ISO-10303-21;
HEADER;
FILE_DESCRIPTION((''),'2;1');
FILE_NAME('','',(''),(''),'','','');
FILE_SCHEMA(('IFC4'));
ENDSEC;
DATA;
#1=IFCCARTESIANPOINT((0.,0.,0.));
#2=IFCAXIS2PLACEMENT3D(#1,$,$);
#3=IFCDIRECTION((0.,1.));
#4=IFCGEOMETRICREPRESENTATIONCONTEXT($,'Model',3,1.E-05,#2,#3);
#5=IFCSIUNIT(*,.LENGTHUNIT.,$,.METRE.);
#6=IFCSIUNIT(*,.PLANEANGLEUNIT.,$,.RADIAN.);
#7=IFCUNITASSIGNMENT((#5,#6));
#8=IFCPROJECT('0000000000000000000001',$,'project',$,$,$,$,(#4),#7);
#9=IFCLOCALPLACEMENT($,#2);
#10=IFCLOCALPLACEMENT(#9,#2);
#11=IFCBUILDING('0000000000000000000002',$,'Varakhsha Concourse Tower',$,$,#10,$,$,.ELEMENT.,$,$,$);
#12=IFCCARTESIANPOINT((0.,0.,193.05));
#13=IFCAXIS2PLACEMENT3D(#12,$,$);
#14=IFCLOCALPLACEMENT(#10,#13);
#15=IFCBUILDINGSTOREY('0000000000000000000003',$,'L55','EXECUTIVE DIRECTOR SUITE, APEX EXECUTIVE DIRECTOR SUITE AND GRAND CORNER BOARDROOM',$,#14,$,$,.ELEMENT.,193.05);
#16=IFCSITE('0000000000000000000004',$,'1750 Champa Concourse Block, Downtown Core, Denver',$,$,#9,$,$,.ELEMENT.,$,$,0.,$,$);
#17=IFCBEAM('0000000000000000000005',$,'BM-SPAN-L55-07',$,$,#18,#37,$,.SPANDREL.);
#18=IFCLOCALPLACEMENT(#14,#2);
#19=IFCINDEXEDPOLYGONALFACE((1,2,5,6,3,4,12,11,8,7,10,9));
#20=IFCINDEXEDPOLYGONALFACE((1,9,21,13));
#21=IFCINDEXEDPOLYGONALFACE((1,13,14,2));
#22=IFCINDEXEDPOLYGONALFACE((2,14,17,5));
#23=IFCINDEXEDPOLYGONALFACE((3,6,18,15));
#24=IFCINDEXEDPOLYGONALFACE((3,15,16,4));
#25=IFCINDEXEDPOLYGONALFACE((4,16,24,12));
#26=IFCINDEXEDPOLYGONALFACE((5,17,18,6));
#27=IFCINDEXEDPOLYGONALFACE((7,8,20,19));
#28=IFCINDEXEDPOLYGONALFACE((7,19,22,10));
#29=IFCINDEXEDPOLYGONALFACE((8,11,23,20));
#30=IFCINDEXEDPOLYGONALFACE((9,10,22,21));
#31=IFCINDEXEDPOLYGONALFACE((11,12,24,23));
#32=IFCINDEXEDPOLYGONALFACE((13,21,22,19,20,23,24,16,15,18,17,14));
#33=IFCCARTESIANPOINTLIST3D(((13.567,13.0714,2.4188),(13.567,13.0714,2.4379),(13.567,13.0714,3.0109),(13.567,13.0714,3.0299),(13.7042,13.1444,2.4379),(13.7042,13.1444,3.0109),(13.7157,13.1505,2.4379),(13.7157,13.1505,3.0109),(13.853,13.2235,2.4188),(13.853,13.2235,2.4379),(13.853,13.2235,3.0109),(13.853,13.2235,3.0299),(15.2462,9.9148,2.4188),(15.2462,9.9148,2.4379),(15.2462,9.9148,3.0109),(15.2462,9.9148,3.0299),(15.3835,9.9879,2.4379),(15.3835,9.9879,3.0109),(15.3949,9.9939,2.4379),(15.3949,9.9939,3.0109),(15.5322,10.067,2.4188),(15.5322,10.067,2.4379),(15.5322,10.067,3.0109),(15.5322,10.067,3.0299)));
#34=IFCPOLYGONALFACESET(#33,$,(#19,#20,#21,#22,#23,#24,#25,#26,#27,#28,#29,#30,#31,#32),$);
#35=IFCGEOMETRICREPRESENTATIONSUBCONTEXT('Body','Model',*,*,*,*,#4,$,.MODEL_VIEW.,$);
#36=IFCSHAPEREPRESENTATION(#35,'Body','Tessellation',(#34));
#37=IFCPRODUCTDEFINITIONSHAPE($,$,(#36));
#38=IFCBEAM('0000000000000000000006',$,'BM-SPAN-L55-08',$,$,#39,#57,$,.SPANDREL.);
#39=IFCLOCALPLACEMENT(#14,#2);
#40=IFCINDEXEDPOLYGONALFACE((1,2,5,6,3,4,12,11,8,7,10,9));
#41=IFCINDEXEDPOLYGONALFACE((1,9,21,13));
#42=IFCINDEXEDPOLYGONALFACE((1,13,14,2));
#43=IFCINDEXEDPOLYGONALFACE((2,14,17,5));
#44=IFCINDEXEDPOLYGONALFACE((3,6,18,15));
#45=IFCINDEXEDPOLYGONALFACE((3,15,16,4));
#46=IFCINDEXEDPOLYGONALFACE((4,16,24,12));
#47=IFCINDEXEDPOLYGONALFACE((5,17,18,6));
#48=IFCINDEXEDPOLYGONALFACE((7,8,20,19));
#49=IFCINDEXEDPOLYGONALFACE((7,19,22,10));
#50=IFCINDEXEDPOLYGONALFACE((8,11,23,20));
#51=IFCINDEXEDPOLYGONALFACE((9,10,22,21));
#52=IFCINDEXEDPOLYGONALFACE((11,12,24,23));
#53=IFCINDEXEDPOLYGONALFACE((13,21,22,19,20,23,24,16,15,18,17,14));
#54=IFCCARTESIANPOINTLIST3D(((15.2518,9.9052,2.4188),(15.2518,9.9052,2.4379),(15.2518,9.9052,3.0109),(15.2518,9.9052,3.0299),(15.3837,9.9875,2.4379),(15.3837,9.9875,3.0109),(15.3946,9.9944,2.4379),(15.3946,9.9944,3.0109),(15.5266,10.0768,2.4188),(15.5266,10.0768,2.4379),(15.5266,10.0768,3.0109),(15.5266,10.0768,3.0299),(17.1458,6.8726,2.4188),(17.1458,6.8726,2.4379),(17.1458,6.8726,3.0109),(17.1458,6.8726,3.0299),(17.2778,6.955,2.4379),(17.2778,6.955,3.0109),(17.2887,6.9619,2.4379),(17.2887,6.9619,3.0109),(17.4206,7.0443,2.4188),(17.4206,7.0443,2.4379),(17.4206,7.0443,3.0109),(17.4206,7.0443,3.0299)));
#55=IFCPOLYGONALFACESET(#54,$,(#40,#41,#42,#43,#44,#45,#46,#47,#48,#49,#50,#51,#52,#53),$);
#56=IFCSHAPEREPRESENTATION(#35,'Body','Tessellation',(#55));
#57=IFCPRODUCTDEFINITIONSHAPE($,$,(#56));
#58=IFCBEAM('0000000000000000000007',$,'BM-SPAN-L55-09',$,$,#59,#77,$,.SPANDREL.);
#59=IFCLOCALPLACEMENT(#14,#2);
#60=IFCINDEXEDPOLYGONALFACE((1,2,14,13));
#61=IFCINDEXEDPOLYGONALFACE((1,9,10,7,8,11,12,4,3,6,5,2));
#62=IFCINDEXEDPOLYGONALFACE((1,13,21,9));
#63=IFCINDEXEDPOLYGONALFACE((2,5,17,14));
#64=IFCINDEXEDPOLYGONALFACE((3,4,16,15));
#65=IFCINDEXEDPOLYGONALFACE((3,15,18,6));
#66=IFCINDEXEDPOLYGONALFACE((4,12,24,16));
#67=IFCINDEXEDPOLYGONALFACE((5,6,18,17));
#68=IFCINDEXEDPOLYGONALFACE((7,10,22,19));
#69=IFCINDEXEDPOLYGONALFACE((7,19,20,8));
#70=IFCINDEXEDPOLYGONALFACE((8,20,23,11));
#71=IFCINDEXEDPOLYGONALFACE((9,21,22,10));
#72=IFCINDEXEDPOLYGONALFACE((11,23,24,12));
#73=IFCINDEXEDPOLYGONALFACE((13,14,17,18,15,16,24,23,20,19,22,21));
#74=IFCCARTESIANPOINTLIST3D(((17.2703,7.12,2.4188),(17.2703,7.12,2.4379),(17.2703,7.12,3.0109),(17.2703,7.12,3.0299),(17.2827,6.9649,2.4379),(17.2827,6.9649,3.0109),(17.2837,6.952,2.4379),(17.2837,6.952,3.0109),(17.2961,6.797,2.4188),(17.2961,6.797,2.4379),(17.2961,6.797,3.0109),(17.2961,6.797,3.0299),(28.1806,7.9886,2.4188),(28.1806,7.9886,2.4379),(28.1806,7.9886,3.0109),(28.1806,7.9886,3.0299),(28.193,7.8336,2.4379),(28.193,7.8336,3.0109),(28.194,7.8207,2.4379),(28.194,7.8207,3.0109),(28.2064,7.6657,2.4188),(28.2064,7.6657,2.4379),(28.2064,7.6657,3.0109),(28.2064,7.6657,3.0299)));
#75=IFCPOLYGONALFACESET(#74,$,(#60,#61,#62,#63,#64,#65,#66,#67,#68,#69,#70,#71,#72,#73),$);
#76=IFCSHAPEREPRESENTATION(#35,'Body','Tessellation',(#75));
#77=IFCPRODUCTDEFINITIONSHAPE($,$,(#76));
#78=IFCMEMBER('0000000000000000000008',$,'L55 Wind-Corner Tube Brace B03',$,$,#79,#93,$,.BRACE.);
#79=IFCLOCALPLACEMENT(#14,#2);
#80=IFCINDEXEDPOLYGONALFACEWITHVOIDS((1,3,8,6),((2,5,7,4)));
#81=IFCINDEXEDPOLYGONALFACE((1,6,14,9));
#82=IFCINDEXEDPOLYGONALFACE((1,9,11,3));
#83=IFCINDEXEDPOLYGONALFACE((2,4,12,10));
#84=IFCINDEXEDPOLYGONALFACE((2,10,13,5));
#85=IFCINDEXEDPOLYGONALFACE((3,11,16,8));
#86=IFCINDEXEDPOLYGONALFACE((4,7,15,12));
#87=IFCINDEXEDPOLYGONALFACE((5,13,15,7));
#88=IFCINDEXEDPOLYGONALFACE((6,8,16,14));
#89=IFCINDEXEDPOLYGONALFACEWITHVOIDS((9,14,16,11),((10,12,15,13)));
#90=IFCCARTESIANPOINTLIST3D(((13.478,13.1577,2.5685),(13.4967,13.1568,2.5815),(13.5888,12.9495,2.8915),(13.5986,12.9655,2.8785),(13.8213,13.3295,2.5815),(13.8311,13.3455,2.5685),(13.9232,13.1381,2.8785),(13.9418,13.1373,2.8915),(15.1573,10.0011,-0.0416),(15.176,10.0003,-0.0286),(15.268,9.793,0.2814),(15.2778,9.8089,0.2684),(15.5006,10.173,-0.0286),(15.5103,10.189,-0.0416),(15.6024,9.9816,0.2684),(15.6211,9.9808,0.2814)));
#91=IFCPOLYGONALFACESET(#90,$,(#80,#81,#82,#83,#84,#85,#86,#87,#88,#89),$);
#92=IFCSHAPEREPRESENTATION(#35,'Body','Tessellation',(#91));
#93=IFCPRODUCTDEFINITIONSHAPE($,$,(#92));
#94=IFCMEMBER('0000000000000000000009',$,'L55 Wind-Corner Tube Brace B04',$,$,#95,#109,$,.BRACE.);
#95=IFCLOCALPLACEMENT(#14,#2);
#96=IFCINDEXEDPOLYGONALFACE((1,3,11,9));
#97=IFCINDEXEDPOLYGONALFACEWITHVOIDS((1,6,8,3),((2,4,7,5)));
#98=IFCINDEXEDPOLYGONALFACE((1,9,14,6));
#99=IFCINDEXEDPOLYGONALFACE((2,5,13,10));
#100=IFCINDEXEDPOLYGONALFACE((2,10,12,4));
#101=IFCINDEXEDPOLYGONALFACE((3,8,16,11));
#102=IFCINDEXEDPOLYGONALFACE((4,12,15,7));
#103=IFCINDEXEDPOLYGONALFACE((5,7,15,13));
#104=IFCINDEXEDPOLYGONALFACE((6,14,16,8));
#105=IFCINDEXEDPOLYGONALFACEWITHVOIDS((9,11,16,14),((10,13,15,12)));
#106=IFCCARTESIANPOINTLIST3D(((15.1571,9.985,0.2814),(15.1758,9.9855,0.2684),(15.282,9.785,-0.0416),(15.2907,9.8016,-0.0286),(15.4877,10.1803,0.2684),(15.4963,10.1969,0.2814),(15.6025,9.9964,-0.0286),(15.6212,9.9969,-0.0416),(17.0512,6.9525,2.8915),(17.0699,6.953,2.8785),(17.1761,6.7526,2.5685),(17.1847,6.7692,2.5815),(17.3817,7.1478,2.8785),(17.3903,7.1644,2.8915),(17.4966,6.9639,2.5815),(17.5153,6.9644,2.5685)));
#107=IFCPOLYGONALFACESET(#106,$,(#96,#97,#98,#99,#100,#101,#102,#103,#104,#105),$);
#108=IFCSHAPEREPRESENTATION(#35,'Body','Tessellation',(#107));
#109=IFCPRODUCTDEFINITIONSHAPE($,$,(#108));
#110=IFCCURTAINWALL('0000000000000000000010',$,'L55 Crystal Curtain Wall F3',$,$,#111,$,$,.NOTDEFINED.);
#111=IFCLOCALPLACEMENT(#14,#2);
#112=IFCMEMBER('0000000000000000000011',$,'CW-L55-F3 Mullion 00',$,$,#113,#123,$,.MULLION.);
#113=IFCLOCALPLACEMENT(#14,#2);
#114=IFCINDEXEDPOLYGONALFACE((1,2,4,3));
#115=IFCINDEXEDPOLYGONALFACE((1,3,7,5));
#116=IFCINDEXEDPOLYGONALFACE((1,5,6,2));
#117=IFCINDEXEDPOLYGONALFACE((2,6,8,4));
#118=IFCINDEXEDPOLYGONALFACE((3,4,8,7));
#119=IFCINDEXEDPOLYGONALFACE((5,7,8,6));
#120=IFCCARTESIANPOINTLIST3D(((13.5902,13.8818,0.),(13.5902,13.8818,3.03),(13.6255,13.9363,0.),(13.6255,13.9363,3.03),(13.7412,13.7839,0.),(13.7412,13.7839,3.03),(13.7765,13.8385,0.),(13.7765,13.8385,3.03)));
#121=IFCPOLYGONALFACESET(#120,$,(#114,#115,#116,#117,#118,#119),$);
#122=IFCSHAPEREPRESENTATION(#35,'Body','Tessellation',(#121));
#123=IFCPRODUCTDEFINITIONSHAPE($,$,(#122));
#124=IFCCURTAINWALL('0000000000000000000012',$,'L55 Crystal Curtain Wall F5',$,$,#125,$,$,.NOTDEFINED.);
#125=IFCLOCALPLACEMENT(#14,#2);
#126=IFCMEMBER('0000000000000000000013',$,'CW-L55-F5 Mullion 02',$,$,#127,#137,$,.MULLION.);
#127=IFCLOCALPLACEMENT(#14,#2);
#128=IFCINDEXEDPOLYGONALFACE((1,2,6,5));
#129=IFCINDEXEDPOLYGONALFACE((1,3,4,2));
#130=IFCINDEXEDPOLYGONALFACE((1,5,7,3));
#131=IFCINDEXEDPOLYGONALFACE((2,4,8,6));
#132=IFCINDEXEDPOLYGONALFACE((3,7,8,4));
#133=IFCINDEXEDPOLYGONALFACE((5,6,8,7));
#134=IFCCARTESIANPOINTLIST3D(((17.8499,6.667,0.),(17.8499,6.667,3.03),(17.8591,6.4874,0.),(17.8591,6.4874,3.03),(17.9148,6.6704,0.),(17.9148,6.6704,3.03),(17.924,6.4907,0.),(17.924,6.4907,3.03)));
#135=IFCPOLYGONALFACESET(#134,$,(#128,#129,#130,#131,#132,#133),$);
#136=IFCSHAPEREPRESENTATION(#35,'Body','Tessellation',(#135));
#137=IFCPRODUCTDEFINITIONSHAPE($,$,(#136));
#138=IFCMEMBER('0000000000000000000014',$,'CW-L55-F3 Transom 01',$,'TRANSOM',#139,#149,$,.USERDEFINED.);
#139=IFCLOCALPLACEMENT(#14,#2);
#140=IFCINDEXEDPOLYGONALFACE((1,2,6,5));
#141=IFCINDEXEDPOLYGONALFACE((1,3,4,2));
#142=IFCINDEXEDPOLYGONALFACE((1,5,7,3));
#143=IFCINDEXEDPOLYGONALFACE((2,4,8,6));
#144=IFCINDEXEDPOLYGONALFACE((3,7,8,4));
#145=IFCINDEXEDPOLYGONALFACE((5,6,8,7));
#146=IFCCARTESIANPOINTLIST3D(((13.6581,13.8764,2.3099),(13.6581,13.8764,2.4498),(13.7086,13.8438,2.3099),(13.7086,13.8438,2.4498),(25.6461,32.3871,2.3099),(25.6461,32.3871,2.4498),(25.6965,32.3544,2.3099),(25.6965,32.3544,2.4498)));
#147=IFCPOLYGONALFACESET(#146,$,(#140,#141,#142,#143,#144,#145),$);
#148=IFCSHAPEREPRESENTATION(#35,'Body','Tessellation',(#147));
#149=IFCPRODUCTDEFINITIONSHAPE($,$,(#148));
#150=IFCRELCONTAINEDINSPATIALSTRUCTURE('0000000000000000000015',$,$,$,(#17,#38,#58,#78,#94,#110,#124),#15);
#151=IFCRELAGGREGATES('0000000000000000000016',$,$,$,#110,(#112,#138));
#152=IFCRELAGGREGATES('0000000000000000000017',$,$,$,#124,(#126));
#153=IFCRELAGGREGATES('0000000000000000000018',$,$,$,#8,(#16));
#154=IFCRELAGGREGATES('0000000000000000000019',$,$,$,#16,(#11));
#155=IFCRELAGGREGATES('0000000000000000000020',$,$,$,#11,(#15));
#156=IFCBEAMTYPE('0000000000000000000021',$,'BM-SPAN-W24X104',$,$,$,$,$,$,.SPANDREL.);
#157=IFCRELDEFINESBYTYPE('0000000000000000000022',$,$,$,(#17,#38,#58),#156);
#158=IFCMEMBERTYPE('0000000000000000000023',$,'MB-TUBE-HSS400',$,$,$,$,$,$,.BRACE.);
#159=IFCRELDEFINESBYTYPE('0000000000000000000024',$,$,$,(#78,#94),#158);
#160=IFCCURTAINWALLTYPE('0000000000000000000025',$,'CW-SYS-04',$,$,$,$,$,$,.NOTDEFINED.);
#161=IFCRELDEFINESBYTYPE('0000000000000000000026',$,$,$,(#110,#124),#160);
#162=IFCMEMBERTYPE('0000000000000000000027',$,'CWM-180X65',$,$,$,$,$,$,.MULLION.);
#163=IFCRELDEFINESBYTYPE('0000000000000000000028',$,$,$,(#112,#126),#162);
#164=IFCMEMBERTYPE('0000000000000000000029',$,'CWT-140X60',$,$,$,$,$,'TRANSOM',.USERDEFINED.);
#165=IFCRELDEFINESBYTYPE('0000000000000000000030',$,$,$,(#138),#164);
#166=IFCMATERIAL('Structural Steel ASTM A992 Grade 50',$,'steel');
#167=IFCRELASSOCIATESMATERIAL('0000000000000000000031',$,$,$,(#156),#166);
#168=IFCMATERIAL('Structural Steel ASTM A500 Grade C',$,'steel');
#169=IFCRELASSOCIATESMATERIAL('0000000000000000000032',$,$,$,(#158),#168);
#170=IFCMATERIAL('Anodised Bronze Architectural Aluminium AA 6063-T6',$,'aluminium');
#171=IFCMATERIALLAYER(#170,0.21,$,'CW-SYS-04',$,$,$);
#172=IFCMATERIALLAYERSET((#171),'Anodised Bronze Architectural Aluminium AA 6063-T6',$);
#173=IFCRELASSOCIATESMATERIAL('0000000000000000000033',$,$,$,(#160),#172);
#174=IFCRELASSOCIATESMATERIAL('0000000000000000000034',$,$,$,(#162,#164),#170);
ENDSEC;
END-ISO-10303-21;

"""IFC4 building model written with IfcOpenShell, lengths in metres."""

from ifc_helpers import new_model, si_unit, direction, frame, origin, origin_2d, place, context, subcontext, project, spatial, rectangle, hollow_rectangle, i_section, extrude, source, transform, mapped, material, layer, layer_set, material_profile, profile_set, type_object, type_shapes, element, aggregate, save


model = new_model("IFC4")

# Units and contexts
model_context = context("Model", 3, precision=1e-05, world=origin(), true_north=direction((0.0, 1.0)))
body_context = subcontext(model_context, "Body", "Model", "MODEL_VIEW")
ifc_project = project(units=[si_unit("LENGTHUNIT", "METRE"), si_unit("PLANEANGLEUNIT", "RADIAN")], contexts=[model_context])

# Site, building, storey
site_placement = place(None, origin())
site = spatial("IfcSite", under=ifc_project, at=site_placement, Name="1750 Champa Concourse Block, Downtown Core, Denver", CompositionType="ELEMENT", RefElevation=0.0)
building_placement = place(site_placement, origin())
building = spatial("IfcBuilding", under=site, at=building_placement, Name="Varakhsha Concourse Tower", CompositionType="ELEMENT")
storey_placement = place(building_placement, frame((0.0, 0.0, 193.05)))
storey = spatial("IfcBuildingStorey", under=building, at=storey_placement, Name="L55", Description="EXECUTIVE DIRECTOR SUITE, APEX EXECUTIVE DIRECTOR SUITE AND GRAND CORNER BOARDROOM", CompositionType="ELEMENT", Elevation=193.05)

# Shared definitions
ifc_material_1 = material(Name="Structural Steel ASTM A992 Grade 50", Category="steel")

# Beams
ifc_material_profile_1 = material_profile(ifc_material_1, i_section(OverallWidth=0.324, OverallDepth=0.6111, WebThickness=0.0129, FlangeThickness=0.019, at=origin_2d()), Name="W24X104")
ifc_profile_set_1 = profile_set([ifc_material_profile_1], Name="Structural Steel ASTM A992 Grade 50")
beam_type_1 = type_object("IfcBeamType", Name="BM-SPAN-W24X104", PredefinedType="SPANDREL", material=ifc_profile_set_1)
for number, where, z_axis, x_axis, name in (
    (1, (13.71, 13.1475, 2.7244), (0.469659, -0.882848, 0.0), (0.882848, 0.469659, 0.0), "BM-SPAN-L55-07"),
    (2, (15.3892, 9.991, 2.7244), (0.529747, -0.848156, 0.0), (0.848156, 0.529747, 0.0), "BM-SPAN-L55-08"),
):
    element("IfcBeam", number, at=place(storey_placement, frame(where, z_axis=z_axis, x_axis=x_axis)), inside=storey, type_object=beam_type_1, Name=name, PredefinedType="SPANDREL", context=body_context, shape_type="SweptSolid", body=[
        extrude(i_section(OverallWidth=0.324, OverallDepth=0.6111, WebThickness=0.0129, FlangeThickness=0.019, at=origin_2d()), origin(), (0.0, 0.0, 1.0), 3.5754),
    ])
beam_1_placement = place(storey_placement, frame((17.2832, 6.9585, 2.7244), z_axis=(0.996846, 0.079366, 0.0), x_axis=(-0.079366, 0.996846, 0.0)))
element("IfcBeam", 3, at=beam_1_placement, inside=storey, type_object=beam_type_1, Name="BM-SPAN-L55-09", PredefinedType="SPANDREL", context=body_context, shape_type="SweptSolid", body=[
    extrude(i_section(OverallWidth=0.324, OverallDepth=0.6111, WebThickness=0.0129, FlangeThickness=0.019, at=origin_2d()), origin(), (0.0, 0.0, 1.0), 10.9448),
])

# Members
ifc_material_2 = material(Name="Structural Steel ASTM A500 Grade C", Category="steel")
ifc_material_profile_2 = material_profile(ifc_material_2, hollow_rectangle(XDim=0.3999, YDim=0.3999, WallThickness=0.0161, at=origin_2d()), Name="HSS 400x400x16")
ifc_profile_set_2 = profile_set([ifc_material_profile_2], Name="Structural Steel ASTM A500 Grade C")
member_type_1 = type_object("IfcMemberType", Name="MB-TUBE-HSS400", PredefinedType="BRACE", material=ifc_profile_set_2)
shared_shape_1 = source(origin(), body_context, "Body", "SweptSolid", [
    extrude(hollow_rectangle(XDim=0.3999, YDim=0.3999, WallThickness=0.0161, at=origin_2d()), origin(), (0.0, 0.0, 1.0), 4.4268),
])
type_shapes(member_type_1, [shared_shape_1])
for number, where, z_axis, x_axis, name in (
    (4, (15.3892, 9.991, 0.1199), (-0.379333, 0.713055, 0.589626), (-0.882848, -0.469659, 0.0), "L55 Wind-Corner Tube Brace B03"),
    (5, (15.3892, 9.991, 0.1199), (0.427865, -0.685036, 0.589624), (0.848156, 0.529747, 0.0), "L55 Wind-Corner Tube Brace B04"),
):
    element("IfcMember", number, at=place(storey_placement, frame(where, z_axis=z_axis, x_axis=x_axis)), inside=storey, type_object=member_type_1, Name=name, PredefinedType="BRACE", context=body_context, shape_type="MappedRepresentation", body=[
        mapped(shared_shape_1, transform((0.0, 0.0, 0.0), scale=1.0)),
    ])

# Curtain walls, members
ifc_material_3 = material(Name="Anodised Bronze Architectural Aluminium AA 6063-T6", Category="aluminium")
ifc_layer_1 = layer(ifc_material_3, 0.21, Name="CW-SYS-04")
ifc_layer_set_1 = layer_set([ifc_layer_1], Name="Anodised Bronze Architectural Aluminium AA 6063-T6")
curtain_wall_type = type_object("IfcCurtainWallType", Name="CW-SYS-04", PredefinedType="NOTDEFINED", material=ifc_layer_set_1)
curtain_wall_1_placement = place(storey_placement, origin())
curtain_wall_1 = element("IfcCurtainWall", 6, at=curtain_wall_1_placement, inside=storey, type_object=curtain_wall_type, Name="L55 Crystal Curtain Wall F3", PredefinedType="NOTDEFINED")
ifc_material_profile_3 = material_profile(ifc_material_3, rectangle(XDim=0.0649, YDim=0.1799, at=origin_2d()), Name="CWM-180X65")
ifc_profile_set_3 = profile_set([ifc_material_profile_3], Name="Anodised Bronze Architectural Aluminium AA 6063-T6")
member_type_2 = type_object("IfcMemberType", Name="CWM-180X65", PredefinedType="MULLION", material=ifc_profile_set_3)
shared_shape_2 = source(origin(), body_context, "Body", "SweptSolid", [
    extrude(rectangle(XDim=0.0649, YDim=0.1799, at=origin_2d()), origin(), (0.0, 0.0, 1.0), 3.03),
])
type_shapes(member_type_2, [shared_shape_2])
member_1_placement = place(storey_placement, frame((13.6833, 13.8601, 0.0), z_axis=(0.0, 0.0, 1.0), x_axis=(0.543588, 0.839352, 0.0)))
member_1 = element("IfcMember", 7, at=member_1_placement, type_object=member_type_2, Name="CW-L55-F3 Mullion 00", PredefinedType="MULLION", context=body_context, shape_type="MappedRepresentation", body=[
    mapped(shared_shape_2, transform((0.0, 0.0, 0.0), scale=1.0)),
])
curtain_wall_2_placement = place(storey_placement, origin())
curtain_wall_2 = element("IfcCurtainWall", 8, at=curtain_wall_2_placement, inside=storey, type_object=curtain_wall_type, Name="L55 Crystal Curtain Wall F5", PredefinedType="NOTDEFINED")
member_2_placement = place(storey_placement, frame((17.887, 6.5789, 0.0), z_axis=(0.0, 0.0, 1.0), x_axis=(-0.998694, -0.051093, 0.0)))
member_2 = element("IfcMember", 9, at=member_2_placement, type_object=member_type_2, Name="CW-L55-F5 Mullion 02", PredefinedType="MULLION", context=body_context, shape_type="MappedRepresentation", body=[
    mapped(shared_shape_2, transform((0.0, 0.0, 0.0), scale=1.0)),
])

# Member
ifc_material_profile_4 = material_profile(ifc_material_3, rectangle(XDim=0.0601, YDim=0.1399, at=origin_2d()), Name="CWT-140X60")
ifc_profile_set_4 = profile_set([ifc_material_profile_4], Name="Anodised Bronze Architectural Aluminium AA 6063-T6")
member_type_3 = type_object("IfcMemberType", Name="CWT-140X60", ElementType="TRANSOM", PredefinedType="USERDEFINED", material=ifc_profile_set_4)
shared_shape_3 = source(origin(), body_context, "Body", "SweptSolid", [
    extrude(rectangle(XDim=0.0601, YDim=0.1399, at=origin_2d()), origin(), (0.0, 0.0, 1.0), 22.0535),
])
type_shapes(member_type_3, [shared_shape_3])
member_3_placement = place(storey_placement, frame((13.6833, 13.8601, 2.3799), z_axis=(0.543587, 0.839353, 0.0), x_axis=(-0.839353, 0.543587, 0.0)))
member_3 = element("IfcMember", 10, at=member_3_placement, type_object=member_type_3, Name="CW-L55-F3 Transom 01", ObjectType="TRANSOM", PredefinedType="USERDEFINED", context=body_context, shape_type="MappedRepresentation", body=[
    mapped(shared_shape_3, transform((0.0, 0.0, 0.0), scale=1.0)),
])

aggregate(curtain_wall_1, [member_1, member_3])
aggregate(curtain_wall_2, [member_2])

save(model, "model.ifc")
